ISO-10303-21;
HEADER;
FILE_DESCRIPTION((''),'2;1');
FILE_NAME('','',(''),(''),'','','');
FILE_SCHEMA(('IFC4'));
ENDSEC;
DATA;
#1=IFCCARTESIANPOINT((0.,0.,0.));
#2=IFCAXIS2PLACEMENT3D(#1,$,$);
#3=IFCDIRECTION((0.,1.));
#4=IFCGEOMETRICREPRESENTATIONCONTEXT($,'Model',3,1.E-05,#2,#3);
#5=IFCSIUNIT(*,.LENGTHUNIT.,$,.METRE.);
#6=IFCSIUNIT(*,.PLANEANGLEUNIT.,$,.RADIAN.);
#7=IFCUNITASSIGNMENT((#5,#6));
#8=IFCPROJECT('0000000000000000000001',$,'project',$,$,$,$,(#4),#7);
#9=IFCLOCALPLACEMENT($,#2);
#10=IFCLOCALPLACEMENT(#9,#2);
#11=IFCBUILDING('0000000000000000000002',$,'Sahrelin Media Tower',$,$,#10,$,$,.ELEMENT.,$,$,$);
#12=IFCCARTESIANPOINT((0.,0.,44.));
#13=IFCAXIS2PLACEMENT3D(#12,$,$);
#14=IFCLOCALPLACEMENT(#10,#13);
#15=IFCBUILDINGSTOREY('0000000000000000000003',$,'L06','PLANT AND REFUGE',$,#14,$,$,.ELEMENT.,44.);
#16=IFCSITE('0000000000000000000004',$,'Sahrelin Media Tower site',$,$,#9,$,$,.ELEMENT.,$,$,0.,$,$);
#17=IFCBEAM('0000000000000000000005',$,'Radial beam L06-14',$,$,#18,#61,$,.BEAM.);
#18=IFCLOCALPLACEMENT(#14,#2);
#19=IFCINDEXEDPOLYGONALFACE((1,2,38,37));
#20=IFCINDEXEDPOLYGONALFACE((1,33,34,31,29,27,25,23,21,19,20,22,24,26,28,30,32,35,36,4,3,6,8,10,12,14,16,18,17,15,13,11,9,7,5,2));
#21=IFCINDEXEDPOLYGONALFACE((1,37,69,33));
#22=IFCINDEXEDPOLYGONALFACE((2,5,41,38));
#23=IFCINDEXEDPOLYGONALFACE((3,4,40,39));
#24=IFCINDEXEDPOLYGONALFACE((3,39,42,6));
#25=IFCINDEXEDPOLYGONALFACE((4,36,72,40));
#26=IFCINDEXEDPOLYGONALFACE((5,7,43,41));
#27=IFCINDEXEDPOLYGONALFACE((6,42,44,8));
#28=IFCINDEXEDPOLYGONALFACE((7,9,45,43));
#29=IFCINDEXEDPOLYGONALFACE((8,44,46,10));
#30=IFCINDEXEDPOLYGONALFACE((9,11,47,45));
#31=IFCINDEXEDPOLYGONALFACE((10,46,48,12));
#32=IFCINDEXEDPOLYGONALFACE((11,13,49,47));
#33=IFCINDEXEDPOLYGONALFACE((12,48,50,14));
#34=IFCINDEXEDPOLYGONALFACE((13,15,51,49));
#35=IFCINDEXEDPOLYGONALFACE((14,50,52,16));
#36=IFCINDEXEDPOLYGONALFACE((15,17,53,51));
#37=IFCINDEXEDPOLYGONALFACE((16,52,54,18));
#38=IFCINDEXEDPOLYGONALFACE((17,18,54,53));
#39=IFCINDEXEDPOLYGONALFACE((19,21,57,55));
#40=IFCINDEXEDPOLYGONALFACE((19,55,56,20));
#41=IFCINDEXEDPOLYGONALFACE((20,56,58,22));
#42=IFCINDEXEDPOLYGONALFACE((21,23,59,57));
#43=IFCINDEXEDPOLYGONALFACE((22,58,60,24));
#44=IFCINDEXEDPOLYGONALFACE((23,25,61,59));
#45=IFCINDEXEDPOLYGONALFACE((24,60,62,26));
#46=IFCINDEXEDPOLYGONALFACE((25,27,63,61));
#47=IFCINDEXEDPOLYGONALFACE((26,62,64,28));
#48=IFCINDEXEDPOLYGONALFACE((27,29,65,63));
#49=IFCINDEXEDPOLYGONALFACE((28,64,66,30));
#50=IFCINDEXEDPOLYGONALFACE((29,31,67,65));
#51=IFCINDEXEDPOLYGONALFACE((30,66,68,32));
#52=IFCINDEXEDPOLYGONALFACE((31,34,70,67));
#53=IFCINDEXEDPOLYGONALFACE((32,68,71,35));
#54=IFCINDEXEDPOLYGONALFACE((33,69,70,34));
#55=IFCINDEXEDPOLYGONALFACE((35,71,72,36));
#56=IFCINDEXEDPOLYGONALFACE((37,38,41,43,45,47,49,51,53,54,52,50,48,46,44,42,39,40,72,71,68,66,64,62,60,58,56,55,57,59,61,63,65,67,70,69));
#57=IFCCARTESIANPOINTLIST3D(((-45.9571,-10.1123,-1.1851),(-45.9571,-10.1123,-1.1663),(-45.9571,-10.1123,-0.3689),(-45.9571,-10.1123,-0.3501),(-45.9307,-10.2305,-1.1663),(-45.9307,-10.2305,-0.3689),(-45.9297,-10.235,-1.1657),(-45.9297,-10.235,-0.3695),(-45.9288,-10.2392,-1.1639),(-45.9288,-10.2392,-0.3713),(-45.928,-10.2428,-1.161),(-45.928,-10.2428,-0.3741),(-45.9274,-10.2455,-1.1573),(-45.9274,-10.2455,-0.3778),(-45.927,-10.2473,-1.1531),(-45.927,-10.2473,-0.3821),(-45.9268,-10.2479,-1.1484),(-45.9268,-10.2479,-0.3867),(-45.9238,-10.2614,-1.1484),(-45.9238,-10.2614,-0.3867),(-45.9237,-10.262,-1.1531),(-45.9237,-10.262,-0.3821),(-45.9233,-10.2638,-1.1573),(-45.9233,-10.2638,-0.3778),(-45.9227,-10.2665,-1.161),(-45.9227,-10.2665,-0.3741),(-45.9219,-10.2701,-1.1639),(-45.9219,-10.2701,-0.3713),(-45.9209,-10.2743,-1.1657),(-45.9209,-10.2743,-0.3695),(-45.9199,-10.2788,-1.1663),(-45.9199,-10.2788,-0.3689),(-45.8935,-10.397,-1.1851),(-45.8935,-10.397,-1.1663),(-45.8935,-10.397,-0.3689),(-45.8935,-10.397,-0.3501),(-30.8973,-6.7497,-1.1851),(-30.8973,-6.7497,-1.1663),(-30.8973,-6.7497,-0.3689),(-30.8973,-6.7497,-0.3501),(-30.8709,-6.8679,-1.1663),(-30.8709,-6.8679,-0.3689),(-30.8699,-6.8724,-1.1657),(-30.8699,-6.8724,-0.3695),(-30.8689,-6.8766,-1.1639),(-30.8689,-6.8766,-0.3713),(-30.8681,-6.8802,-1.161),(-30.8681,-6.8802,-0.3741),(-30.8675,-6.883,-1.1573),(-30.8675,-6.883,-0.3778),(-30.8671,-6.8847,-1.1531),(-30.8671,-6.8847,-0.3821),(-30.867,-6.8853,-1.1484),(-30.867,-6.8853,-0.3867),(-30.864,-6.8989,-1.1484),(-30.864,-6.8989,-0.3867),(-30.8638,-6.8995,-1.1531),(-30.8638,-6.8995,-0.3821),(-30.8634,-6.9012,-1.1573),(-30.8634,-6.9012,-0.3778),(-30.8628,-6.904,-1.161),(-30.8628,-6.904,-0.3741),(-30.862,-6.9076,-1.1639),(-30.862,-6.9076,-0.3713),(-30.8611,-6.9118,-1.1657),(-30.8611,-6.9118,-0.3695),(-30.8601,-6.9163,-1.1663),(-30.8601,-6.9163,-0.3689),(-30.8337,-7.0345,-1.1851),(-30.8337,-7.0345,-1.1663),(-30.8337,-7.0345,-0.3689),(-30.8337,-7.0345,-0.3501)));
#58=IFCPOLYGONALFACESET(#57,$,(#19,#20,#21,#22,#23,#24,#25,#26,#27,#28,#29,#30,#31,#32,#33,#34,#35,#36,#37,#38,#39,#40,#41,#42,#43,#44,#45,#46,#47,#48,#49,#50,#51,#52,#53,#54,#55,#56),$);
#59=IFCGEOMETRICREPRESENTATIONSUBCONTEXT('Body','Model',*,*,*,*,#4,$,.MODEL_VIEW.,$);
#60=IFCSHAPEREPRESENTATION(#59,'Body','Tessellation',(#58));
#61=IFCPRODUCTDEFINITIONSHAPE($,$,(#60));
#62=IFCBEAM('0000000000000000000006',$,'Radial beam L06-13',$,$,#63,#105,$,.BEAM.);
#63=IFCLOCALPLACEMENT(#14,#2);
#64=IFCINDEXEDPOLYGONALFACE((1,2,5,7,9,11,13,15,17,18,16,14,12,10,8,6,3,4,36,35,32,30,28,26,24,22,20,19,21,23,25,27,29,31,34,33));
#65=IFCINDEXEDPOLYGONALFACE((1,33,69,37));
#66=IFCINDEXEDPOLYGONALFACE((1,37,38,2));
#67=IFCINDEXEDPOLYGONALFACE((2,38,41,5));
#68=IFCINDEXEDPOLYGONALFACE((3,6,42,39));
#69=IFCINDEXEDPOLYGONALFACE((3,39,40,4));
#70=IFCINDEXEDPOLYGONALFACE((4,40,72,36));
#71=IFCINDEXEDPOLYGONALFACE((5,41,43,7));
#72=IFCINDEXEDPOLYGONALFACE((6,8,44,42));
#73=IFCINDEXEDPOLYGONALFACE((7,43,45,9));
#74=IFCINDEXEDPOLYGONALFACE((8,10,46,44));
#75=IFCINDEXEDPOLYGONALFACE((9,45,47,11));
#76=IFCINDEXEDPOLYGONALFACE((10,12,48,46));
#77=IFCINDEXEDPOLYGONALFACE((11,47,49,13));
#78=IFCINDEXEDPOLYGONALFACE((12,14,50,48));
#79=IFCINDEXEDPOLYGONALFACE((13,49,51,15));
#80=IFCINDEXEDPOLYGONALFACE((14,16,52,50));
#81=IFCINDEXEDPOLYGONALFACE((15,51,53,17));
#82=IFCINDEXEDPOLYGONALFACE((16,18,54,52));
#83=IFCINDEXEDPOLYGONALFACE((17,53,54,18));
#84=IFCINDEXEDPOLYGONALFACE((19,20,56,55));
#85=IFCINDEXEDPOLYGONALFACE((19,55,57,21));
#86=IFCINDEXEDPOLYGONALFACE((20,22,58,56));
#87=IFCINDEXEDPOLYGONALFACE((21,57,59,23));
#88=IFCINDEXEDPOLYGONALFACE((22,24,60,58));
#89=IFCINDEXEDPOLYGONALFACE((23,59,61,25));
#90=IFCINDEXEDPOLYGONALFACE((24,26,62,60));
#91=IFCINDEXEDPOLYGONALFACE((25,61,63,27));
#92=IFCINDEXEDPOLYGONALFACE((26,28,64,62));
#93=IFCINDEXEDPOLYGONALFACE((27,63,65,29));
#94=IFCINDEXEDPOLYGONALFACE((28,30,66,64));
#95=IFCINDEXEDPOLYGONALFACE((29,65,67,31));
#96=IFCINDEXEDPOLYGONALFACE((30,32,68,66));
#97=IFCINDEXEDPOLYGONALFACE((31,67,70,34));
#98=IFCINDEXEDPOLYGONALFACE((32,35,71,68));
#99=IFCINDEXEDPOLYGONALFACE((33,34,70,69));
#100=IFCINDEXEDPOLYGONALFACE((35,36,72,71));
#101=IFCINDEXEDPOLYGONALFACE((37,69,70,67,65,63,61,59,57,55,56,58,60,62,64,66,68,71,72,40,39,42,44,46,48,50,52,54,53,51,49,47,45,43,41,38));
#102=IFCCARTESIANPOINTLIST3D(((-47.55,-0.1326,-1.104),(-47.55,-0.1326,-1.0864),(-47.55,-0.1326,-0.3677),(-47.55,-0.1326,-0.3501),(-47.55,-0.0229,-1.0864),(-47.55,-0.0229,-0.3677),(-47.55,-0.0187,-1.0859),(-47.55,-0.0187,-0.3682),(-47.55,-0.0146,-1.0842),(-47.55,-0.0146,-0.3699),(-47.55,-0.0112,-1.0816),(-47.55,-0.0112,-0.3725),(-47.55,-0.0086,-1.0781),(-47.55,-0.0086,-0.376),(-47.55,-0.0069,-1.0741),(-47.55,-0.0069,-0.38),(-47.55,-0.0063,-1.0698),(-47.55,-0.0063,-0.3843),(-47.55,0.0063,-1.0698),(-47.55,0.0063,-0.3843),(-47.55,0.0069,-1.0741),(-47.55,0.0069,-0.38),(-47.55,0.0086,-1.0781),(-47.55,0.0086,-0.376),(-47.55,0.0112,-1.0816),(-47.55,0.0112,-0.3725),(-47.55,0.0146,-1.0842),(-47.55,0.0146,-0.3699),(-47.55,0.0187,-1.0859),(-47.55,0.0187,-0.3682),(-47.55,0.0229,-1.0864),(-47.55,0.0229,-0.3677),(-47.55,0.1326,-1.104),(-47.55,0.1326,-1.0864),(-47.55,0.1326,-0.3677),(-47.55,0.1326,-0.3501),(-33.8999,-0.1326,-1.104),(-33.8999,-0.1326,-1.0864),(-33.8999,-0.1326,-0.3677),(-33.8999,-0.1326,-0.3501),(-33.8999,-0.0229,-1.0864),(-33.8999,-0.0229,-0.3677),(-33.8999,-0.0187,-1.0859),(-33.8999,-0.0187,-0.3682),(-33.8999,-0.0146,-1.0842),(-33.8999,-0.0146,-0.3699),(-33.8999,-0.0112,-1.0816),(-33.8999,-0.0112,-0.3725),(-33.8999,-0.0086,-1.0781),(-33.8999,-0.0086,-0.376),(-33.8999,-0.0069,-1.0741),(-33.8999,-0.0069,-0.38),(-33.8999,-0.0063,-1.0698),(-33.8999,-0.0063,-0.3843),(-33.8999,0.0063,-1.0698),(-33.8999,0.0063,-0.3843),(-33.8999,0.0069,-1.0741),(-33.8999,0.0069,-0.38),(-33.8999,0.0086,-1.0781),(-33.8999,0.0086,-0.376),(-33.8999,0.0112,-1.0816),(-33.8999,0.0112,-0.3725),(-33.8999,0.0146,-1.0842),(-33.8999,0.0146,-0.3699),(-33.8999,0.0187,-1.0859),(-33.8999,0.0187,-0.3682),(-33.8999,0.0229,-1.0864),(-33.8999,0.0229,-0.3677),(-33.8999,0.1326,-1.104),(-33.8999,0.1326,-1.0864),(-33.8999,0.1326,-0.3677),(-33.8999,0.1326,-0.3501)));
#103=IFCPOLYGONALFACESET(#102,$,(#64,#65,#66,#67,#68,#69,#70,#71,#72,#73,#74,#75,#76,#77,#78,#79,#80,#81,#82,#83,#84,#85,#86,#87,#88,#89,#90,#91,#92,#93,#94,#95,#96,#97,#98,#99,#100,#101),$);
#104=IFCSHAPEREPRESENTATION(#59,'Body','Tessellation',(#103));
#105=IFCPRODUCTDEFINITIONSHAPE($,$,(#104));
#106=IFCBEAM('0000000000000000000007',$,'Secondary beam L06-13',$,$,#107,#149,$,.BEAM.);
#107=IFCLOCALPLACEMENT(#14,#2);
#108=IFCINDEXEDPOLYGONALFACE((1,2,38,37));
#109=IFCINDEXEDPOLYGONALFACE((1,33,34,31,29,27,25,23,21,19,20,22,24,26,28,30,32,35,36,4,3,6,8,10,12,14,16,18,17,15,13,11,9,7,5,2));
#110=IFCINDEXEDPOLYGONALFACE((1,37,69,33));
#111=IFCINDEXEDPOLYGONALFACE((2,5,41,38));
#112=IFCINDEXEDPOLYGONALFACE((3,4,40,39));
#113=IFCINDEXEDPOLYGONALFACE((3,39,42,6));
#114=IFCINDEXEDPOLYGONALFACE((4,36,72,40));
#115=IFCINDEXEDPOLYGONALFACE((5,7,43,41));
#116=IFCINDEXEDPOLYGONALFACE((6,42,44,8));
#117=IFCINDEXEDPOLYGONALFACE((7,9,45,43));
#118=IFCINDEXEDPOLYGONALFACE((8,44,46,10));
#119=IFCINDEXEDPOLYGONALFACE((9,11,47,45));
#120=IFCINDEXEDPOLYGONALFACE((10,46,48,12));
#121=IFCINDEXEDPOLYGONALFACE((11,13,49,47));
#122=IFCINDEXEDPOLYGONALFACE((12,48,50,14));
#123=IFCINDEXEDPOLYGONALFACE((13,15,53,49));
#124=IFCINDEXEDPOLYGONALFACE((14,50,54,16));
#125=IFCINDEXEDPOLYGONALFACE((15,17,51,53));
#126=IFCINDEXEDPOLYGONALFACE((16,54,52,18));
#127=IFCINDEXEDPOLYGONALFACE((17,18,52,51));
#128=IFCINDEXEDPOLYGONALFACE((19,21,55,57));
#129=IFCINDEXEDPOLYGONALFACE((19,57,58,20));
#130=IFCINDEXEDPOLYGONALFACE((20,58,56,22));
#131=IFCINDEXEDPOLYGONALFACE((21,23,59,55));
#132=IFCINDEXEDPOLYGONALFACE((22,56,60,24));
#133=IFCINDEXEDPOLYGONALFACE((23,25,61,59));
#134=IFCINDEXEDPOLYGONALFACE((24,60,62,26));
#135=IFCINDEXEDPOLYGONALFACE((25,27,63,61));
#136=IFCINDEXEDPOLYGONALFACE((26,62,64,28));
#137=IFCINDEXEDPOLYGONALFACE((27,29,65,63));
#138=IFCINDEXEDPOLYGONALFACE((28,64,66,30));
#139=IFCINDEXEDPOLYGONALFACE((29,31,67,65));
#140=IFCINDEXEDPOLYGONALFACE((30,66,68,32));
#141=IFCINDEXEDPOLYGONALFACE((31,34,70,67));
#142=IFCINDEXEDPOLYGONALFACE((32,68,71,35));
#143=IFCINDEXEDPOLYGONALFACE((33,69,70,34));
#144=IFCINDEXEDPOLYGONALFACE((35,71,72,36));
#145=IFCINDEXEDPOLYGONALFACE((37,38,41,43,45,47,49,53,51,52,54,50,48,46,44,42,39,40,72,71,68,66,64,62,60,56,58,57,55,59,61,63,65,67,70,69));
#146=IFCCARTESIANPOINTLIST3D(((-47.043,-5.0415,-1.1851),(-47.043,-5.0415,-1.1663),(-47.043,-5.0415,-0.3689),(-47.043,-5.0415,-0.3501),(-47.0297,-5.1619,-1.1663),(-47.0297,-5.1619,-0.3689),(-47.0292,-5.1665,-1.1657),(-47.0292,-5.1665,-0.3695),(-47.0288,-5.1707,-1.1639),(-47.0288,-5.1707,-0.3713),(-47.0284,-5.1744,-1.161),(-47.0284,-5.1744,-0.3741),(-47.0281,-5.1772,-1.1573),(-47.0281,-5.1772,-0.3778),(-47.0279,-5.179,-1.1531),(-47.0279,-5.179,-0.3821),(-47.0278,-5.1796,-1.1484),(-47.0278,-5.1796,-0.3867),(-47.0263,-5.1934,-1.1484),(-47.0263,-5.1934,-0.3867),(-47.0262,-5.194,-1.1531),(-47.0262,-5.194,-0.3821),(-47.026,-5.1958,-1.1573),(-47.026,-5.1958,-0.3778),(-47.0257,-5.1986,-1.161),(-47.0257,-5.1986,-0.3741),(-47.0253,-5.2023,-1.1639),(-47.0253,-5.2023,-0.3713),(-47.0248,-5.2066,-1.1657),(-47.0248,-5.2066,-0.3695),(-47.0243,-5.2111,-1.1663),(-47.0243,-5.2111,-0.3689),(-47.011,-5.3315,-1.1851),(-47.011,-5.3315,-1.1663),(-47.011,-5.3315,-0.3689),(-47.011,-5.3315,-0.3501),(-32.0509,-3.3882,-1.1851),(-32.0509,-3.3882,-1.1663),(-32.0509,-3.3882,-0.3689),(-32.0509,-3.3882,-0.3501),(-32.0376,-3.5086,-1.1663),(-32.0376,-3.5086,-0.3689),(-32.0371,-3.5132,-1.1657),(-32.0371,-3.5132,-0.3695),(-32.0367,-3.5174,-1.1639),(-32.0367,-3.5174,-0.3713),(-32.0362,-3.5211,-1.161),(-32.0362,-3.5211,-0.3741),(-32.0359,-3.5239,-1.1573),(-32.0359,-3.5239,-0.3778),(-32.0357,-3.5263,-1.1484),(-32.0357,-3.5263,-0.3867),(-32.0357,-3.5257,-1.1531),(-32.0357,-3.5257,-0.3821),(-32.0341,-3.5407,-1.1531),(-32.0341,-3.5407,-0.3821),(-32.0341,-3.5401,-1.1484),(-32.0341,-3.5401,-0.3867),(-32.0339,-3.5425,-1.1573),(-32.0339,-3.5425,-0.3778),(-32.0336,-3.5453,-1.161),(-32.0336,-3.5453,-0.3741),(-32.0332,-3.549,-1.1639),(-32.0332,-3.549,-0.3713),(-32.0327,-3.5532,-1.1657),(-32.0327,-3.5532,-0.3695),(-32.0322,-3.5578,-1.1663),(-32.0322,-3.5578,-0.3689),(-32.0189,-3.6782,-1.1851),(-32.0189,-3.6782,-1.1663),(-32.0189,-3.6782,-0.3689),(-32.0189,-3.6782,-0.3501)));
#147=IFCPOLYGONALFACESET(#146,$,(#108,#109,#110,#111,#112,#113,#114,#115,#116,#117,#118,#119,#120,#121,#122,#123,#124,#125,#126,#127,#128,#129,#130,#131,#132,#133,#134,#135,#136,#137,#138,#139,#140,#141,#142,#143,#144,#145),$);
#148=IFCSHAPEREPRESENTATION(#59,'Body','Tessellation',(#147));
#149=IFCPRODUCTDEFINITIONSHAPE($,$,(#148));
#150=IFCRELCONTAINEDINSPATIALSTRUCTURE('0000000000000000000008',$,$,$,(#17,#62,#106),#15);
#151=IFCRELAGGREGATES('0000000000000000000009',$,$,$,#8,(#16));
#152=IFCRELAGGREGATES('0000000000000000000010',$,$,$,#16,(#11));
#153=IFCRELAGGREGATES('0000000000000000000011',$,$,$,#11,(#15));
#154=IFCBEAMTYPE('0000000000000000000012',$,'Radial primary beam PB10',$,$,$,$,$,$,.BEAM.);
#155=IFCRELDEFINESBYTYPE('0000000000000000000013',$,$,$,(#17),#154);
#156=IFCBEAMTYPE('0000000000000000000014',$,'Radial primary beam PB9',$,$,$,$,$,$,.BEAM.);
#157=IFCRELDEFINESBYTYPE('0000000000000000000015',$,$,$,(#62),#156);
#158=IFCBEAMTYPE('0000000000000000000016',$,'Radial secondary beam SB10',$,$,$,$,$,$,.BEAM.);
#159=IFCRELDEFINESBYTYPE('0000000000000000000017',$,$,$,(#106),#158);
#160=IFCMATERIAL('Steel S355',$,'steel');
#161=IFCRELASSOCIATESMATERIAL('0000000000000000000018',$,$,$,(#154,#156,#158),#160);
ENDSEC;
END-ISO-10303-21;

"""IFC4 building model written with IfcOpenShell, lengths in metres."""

from ifc_helpers import new_model, si_unit, direction, frame, origin, origin_2d, place, context, subcontext, project, spatial, i_section, extrude, material, material_profile, profile_set, type_object, element, save


model = new_model("IFC4")

# Units and contexts
model_context = context("Model", 3, precision=1e-05, world=origin(), true_north=direction((0.0, 1.0)))
body_context = subcontext(model_context, "Body", "Model", "MODEL_VIEW")
ifc_project = project(units=[si_unit("LENGTHUNIT", "METRE"), si_unit("PLANEANGLEUNIT", "RADIAN")], contexts=[model_context])

# Site, building, storey
site_placement = place(None, origin())
site = spatial("IfcSite", under=ifc_project, at=site_placement, Name="Sahrelin Media Tower site", CompositionType="ELEMENT", RefElevation=0.0)
building_placement = place(site_placement, origin())
building = spatial("IfcBuilding", under=site, at=building_placement, Name="Sahrelin Media Tower", CompositionType="ELEMENT")
storey_placement = place(building_placement, frame((0.0, 0.0, 44.0)))
storey = spatial("IfcBuildingStorey", under=building, at=storey_placement, Name="L06", Description="PLANT AND REFUGE", CompositionType="ELEMENT", Elevation=44.0)

# Beams
ifc_material_1 = material(Name="Steel S355", Category="steel")
ifc_material_profile_1 = material_profile(ifc_material_1, i_section(OverallWidth=0.2917, OverallDepth=0.835, WebThickness=0.0139, FlangeThickness=0.0188, FilletRadius=0.0178, at=origin_2d()), Name="UB 838x292x176")
ifc_profile_set_1 = profile_set([ifc_material_profile_1], Name="Steel S355")
beam_type_1 = type_object("IfcBeamType", Name="Radial primary beam PB10", PredefinedType="BEAM", material=ifc_profile_set_1)
beam_1_placement = place(storey_placement, frame((-30.8655, -6.8921, -0.7676), z_axis=(-0.975968, -0.217914, 0.0), x_axis=(0.217914, -0.975968, 0.0)))
element("IfcBeam", 1, at=beam_1_placement, inside=storey, type_object=beam_type_1, Name="Radial beam L06-14", PredefinedType="BEAM", context=body_context, shape_type="SweptSolid", body=[
    extrude(i_section(OverallWidth=0.2917, OverallDepth=0.835, WebThickness=0.0139, FlangeThickness=0.0188, FilletRadius=0.0178, at=origin_2d()), origin(), (0.0, 0.0, 1.0), 15.4307),
])
ifc_material_profile_2 = material_profile(ifc_material_1, i_section(OverallWidth=0.2651, OverallDepth=0.7539, WebThickness=0.0127, FlangeThickness=0.0176, FilletRadius=0.0166, at=origin_2d()), Name="UB 762x267x147")
ifc_profile_set_2 = profile_set([ifc_material_profile_2], Name="Steel S355")
beam_type_2 = type_object("IfcBeamType", Name="Radial primary beam PB9", PredefinedType="BEAM", material=ifc_profile_set_2)
beam_2_placement = place(storey_placement, frame((-33.8999, 0.0, -0.7271), z_axis=(-1.0, 0.0, 0.0), x_axis=(0.0, -1.0, 0.0)))
element("IfcBeam", 2, at=beam_2_placement, inside=storey, type_object=beam_type_2, Name="Radial beam L06-13", PredefinedType="BEAM", context=body_context, shape_type="SweptSolid", body=[
    extrude(i_section(OverallWidth=0.2651, OverallDepth=0.7539, WebThickness=0.0127, FlangeThickness=0.0176, FilletRadius=0.0166, at=origin_2d()), origin(), (0.0, 0.0, 1.0), 13.6501),
])
ifc_material_profile_3 = material_profile(ifc_material_1, i_section(OverallWidth=0.2917, OverallDepth=0.835, WebThickness=0.0139, FlangeThickness=0.0188, FilletRadius=0.0178, at=origin_2d()), Name="UB 838x292x176")
ifc_profile_set_3 = profile_set([ifc_material_profile_3], Name="Steel S355")
beam_type_3 = type_object("IfcBeamType", Name="Radial secondary beam SB10", PredefinedType="BEAM", material=ifc_profile_set_3)
beam_3_placement = place(storey_placement, frame((-32.0349, -3.5332, -0.7676), z_axis=(-0.993974, -0.109614, 0.0), x_axis=(0.109614, -0.993974, 0.0)))
element("IfcBeam", 3, at=beam_3_placement, inside=storey, type_object=beam_type_3, Name="Secondary beam L06-13", PredefinedType="BEAM", context=body_context, shape_type="SweptSolid", body=[
    extrude(i_section(OverallWidth=0.2917, OverallDepth=0.835, WebThickness=0.0139, FlangeThickness=0.0188, FilletRadius=0.0178, at=origin_2d()), origin(), (0.0, 0.0, 1.0), 15.083),
])

save(model, "model.ifc")
